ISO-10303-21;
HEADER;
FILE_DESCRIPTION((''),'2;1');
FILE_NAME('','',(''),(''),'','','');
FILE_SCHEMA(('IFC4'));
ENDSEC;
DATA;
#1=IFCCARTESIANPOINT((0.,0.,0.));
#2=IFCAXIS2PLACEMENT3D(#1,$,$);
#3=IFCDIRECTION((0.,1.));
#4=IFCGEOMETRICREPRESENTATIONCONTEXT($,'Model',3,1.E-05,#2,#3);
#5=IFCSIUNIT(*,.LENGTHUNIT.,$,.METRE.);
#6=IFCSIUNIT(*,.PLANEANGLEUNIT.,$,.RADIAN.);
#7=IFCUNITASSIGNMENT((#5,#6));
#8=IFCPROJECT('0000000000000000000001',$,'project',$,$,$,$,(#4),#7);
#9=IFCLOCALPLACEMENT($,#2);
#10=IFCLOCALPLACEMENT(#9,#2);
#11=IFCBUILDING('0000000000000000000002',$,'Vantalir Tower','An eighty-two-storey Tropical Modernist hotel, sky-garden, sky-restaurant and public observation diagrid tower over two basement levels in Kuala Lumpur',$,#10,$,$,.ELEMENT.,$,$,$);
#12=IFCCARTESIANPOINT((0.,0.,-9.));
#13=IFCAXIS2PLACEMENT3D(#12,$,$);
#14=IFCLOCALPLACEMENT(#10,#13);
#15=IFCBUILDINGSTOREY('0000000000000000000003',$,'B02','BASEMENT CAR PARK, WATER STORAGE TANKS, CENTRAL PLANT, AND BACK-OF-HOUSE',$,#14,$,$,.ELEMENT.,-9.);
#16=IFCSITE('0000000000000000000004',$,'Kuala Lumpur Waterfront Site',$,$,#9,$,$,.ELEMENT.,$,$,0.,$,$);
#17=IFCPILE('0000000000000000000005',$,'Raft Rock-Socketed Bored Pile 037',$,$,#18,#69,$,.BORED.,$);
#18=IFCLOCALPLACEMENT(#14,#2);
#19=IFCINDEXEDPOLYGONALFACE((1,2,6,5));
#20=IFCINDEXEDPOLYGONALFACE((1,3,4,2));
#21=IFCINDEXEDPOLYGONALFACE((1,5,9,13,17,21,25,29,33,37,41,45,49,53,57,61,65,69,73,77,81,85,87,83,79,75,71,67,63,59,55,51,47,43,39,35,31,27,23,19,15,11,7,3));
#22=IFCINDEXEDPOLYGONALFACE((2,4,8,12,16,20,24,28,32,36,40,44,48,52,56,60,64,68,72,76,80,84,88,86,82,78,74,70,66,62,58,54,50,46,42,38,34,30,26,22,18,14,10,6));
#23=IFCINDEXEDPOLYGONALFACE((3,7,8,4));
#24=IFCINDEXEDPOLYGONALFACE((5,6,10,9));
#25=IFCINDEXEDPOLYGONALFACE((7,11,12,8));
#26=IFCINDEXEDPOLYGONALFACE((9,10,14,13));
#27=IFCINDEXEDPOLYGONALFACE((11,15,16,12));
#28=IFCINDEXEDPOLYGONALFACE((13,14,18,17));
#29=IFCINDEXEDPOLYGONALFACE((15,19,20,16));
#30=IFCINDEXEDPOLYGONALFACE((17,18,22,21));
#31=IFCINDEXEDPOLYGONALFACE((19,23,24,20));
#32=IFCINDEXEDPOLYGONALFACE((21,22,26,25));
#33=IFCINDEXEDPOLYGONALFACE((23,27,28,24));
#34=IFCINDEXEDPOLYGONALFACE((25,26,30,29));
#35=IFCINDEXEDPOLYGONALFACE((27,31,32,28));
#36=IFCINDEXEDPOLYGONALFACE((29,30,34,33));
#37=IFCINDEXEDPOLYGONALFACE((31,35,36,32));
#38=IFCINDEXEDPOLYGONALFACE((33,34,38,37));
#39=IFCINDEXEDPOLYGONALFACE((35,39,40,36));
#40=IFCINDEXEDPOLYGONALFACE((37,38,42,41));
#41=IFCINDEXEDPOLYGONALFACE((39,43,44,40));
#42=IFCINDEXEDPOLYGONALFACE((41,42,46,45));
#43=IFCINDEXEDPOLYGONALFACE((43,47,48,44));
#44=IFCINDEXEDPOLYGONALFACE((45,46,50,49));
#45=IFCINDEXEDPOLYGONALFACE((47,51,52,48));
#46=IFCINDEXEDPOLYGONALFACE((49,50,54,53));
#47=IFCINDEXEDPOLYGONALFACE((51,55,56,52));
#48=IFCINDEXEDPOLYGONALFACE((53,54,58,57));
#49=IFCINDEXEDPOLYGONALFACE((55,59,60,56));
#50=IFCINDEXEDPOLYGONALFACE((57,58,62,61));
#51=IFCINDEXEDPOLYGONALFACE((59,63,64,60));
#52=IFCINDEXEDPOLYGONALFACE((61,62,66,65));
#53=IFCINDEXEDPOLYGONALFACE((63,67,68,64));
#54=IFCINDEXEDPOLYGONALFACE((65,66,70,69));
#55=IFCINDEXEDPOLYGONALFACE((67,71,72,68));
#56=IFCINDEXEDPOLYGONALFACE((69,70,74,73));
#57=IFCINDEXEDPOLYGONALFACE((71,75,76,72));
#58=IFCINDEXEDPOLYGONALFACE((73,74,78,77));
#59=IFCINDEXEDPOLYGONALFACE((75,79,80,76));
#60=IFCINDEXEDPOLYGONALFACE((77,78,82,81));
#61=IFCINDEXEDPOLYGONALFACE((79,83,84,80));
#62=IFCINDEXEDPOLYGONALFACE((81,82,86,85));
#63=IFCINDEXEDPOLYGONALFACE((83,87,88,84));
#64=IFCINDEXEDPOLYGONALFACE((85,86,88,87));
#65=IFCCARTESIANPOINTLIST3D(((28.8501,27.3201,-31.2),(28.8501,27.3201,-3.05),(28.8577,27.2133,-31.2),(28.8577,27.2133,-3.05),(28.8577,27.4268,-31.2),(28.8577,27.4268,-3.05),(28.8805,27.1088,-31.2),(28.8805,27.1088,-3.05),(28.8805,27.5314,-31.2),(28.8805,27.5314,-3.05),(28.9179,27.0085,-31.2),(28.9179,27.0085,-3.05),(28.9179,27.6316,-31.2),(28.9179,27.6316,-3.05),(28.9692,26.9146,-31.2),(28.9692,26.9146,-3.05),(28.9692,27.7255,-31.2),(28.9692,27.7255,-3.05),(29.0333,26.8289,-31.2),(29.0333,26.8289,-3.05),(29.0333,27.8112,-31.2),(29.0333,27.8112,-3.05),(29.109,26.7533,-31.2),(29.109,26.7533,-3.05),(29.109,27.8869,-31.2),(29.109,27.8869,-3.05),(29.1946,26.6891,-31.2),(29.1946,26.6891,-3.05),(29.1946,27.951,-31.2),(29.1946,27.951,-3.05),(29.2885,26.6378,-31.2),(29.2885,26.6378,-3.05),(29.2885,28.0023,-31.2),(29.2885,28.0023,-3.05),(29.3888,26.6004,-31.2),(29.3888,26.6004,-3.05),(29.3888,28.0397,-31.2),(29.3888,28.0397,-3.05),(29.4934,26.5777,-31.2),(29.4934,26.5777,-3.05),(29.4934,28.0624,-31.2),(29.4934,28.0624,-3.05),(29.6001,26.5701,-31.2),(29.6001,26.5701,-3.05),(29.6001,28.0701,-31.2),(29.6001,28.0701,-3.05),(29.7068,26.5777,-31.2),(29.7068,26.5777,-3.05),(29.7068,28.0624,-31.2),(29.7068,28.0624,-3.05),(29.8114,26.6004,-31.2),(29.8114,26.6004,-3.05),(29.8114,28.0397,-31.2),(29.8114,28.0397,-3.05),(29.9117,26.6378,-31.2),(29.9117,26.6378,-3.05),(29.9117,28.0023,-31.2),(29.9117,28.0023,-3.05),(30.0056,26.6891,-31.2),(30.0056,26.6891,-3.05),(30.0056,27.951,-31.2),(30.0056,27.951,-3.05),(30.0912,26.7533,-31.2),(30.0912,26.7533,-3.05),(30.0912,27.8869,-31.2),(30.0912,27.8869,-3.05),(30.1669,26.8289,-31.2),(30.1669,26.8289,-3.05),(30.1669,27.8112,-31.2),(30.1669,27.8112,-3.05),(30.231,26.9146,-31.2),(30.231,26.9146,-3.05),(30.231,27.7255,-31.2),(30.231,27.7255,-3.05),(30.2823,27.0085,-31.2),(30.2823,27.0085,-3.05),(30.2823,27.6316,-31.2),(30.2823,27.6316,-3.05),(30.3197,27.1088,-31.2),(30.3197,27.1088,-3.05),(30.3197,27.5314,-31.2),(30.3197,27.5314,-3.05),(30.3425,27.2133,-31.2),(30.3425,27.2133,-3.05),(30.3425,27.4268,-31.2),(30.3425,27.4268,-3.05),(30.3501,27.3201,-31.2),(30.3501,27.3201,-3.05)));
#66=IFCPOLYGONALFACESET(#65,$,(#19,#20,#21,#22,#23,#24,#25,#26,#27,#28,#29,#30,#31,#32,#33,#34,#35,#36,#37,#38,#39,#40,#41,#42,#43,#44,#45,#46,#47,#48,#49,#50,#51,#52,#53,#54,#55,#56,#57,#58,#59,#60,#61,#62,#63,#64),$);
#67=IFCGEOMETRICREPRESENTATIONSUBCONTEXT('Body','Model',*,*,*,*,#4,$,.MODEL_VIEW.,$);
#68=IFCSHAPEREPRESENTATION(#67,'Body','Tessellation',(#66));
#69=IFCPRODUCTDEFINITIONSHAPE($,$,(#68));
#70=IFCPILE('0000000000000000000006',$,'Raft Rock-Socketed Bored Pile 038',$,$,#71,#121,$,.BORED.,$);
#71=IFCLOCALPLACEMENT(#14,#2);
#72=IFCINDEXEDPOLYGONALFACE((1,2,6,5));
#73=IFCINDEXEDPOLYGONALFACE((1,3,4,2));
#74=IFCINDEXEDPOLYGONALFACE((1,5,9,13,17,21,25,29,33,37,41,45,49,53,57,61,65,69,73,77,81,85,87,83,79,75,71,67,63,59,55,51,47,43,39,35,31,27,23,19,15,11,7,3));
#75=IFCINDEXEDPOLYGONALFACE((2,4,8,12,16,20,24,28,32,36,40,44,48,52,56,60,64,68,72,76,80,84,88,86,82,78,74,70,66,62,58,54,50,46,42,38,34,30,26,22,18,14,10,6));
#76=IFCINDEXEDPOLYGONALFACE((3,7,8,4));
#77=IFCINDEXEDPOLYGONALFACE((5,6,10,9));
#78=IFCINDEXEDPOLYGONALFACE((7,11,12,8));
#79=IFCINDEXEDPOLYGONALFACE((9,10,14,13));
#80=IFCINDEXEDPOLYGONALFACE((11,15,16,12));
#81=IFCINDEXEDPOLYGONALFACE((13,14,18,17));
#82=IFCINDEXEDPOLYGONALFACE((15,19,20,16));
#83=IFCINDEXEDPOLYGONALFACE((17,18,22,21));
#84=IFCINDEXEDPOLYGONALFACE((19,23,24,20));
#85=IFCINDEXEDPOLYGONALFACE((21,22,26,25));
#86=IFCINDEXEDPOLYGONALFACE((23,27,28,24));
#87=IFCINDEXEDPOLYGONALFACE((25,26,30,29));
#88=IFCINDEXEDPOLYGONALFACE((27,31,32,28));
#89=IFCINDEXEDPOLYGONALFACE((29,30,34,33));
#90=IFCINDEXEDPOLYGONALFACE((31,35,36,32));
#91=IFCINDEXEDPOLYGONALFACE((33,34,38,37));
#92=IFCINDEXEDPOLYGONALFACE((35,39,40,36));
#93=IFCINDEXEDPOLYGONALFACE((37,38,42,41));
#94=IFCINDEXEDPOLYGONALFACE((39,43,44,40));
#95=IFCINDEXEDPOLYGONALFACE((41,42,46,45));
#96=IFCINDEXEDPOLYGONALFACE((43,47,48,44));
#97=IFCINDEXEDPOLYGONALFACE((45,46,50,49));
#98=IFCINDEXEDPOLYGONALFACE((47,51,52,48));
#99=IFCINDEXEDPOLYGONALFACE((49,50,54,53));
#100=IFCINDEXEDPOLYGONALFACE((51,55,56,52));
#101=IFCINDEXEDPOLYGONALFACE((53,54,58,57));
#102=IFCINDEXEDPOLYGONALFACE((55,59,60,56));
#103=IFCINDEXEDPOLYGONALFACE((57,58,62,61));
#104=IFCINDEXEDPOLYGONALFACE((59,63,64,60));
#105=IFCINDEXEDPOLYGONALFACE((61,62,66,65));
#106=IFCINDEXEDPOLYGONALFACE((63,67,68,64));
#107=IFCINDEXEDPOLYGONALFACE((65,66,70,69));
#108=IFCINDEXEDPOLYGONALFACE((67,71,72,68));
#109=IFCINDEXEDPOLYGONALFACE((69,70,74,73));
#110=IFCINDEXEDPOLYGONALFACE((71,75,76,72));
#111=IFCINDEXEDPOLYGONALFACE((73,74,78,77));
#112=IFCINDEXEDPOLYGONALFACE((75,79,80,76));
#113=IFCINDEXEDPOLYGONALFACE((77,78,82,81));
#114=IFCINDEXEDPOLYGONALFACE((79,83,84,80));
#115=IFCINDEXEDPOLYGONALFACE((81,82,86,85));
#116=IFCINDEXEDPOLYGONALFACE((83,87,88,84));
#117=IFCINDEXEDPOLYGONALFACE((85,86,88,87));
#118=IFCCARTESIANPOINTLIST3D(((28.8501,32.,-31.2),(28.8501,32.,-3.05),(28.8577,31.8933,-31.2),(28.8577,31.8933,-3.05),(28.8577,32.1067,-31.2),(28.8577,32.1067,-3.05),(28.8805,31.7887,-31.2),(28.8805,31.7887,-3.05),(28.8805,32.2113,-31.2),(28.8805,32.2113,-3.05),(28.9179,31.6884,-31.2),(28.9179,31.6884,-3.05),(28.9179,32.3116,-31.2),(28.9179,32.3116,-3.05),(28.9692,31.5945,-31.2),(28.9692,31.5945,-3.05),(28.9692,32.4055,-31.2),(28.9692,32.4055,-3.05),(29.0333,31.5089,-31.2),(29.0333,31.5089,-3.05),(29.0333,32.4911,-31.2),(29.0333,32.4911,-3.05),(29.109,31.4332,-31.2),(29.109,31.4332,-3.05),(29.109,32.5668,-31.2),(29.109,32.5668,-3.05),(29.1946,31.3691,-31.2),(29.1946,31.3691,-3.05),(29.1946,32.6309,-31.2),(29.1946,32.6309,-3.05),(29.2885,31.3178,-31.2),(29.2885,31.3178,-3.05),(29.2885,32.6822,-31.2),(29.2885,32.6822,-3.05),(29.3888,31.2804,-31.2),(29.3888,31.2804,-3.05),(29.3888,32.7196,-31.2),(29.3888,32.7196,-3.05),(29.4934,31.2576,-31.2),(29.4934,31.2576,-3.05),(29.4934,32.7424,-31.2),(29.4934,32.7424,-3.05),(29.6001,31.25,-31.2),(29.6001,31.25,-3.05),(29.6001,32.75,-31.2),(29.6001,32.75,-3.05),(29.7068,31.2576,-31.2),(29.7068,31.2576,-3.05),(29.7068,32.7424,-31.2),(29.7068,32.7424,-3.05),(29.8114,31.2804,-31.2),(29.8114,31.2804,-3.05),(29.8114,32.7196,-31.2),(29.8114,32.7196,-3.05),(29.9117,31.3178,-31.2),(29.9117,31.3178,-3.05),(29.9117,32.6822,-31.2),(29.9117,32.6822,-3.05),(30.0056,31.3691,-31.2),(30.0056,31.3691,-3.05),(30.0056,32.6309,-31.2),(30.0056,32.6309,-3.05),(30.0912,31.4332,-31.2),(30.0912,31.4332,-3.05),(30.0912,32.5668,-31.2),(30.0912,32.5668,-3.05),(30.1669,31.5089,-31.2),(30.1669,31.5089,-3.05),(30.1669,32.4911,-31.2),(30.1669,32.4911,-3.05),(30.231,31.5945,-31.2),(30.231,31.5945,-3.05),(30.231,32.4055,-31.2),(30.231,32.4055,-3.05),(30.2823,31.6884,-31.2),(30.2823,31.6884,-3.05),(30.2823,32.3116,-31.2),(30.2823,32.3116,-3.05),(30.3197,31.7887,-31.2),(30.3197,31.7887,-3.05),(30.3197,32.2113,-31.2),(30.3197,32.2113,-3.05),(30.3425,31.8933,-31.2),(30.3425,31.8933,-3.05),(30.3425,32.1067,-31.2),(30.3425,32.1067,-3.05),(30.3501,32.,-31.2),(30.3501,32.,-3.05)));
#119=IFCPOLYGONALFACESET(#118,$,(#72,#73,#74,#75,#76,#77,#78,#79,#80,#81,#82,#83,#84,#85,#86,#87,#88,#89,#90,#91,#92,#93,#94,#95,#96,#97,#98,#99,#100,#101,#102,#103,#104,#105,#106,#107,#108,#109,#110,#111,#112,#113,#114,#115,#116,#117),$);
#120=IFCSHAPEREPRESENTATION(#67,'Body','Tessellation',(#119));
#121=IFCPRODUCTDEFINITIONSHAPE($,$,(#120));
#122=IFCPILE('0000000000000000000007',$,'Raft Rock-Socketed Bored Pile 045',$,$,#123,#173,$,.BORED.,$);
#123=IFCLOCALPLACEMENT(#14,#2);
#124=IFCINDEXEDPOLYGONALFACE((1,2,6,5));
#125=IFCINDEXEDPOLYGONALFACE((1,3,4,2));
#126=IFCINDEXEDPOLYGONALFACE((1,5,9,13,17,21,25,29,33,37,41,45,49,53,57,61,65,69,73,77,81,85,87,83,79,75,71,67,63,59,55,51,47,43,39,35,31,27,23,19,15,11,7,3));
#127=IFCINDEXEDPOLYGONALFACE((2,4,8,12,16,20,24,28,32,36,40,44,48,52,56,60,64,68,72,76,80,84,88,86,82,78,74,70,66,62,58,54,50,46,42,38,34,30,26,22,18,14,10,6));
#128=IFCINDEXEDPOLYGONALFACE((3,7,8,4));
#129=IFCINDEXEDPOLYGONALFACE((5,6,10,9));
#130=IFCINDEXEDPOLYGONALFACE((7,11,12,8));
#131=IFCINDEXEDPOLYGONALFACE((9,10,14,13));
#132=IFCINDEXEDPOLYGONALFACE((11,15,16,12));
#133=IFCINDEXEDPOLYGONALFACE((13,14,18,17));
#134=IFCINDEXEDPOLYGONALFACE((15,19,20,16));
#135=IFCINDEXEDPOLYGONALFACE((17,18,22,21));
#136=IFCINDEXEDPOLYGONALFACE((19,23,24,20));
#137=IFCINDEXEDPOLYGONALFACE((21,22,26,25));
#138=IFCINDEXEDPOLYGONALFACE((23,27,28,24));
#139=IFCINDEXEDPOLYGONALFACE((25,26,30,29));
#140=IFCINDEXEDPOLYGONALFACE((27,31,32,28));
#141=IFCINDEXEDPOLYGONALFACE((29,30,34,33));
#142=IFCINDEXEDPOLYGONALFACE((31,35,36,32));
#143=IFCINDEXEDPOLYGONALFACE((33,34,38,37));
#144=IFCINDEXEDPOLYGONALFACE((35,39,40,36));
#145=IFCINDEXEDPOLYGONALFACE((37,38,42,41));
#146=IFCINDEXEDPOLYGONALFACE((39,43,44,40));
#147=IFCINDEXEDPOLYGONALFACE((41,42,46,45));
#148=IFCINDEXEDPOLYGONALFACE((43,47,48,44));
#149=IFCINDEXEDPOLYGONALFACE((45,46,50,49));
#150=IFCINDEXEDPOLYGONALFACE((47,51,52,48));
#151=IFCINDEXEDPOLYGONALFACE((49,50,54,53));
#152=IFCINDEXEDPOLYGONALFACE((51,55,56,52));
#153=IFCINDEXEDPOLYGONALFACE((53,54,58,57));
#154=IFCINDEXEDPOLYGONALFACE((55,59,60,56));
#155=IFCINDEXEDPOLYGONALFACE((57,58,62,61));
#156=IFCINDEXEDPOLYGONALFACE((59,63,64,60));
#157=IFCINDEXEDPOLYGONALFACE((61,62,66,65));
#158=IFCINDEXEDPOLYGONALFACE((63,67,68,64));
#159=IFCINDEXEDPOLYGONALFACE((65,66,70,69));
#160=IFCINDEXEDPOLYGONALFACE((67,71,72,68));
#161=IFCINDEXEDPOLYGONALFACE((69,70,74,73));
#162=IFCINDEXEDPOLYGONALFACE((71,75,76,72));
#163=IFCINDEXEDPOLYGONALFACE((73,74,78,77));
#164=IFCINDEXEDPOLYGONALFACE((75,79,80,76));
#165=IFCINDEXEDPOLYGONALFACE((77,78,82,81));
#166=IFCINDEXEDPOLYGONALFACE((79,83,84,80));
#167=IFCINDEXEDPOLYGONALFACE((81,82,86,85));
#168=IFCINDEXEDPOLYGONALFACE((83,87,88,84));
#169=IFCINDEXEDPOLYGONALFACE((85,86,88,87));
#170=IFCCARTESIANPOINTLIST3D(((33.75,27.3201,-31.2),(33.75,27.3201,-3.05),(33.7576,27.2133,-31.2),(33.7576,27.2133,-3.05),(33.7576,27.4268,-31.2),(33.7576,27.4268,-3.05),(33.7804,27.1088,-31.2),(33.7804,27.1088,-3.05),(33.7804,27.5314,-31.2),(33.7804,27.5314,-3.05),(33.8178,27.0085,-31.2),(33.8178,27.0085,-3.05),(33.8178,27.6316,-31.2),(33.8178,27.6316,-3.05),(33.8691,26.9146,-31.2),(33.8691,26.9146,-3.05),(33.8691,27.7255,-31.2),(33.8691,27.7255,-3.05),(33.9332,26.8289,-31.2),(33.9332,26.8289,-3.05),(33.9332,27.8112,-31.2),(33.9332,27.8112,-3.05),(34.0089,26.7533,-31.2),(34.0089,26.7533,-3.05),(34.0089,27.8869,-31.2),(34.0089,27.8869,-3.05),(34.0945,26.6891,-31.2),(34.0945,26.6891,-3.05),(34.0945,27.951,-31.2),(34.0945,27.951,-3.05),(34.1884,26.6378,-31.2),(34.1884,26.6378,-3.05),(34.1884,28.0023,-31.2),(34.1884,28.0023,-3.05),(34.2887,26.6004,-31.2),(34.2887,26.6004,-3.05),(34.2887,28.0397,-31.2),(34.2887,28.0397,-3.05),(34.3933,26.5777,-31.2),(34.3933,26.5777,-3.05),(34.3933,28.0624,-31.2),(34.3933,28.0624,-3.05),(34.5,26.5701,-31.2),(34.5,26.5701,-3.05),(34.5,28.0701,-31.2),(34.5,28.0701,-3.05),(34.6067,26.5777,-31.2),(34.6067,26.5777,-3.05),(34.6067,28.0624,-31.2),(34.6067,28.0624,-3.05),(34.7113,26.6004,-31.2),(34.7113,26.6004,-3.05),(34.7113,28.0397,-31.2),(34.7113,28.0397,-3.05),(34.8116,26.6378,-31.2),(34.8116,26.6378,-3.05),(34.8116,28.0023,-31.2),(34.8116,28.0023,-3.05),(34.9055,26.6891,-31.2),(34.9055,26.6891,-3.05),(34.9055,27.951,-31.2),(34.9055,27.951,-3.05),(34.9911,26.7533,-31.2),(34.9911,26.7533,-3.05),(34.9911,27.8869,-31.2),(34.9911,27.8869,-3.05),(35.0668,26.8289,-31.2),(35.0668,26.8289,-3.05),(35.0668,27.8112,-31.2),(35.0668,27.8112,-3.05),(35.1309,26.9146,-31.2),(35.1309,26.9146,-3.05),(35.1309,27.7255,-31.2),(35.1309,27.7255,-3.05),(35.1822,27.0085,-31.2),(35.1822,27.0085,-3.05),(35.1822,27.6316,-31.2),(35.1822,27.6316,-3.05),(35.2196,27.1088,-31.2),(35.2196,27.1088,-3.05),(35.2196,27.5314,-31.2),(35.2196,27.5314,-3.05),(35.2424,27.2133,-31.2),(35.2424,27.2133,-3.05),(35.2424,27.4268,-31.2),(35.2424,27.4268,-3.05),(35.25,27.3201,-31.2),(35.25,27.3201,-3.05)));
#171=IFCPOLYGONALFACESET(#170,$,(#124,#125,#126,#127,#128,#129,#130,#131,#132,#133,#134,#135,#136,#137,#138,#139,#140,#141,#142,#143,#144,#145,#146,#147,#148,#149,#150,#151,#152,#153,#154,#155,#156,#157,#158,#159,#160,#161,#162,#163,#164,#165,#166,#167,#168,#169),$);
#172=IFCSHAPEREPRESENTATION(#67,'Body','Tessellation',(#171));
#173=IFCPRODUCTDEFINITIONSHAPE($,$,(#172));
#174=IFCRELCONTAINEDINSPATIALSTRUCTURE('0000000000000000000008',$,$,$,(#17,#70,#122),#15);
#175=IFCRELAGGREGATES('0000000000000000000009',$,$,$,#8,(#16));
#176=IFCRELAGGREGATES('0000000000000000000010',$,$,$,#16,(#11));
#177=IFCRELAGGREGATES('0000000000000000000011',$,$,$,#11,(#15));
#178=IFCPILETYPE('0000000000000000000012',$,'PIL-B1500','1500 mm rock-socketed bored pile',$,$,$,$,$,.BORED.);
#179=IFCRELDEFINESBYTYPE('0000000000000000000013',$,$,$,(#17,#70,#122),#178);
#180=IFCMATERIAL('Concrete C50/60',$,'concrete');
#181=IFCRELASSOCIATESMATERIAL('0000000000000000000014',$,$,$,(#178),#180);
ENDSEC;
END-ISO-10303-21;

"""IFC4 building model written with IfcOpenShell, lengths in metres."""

from ifc_helpers import new_model, si_unit, direction, frame, origin, origin_2d, place, context, subcontext, project, spatial, circle, extrude, material, material_profile, profile_set, type_object, element, save


model = new_model("IFC4")

# Units and contexts
model_context = context("Model", 3, precision=1e-05, world=origin(), true_north=direction((0.0, 1.0)))
body_context = subcontext(model_context, "Body", "Model", "MODEL_VIEW")
ifc_project = project(units=[si_unit("LENGTHUNIT", "METRE"), si_unit("PLANEANGLEUNIT", "RADIAN")], contexts=[model_context])

# Site, building, storey
site_placement = place(None, origin())
site = spatial("IfcSite", under=ifc_project, at=site_placement, Name="Kuala Lumpur Waterfront Site", CompositionType="ELEMENT", RefElevation=0.0)
building_placement = place(site_placement, origin())
building = spatial("IfcBuilding", under=site, at=building_placement, Name="Vantalir Tower", Description="An eighty-two-storey Tropical Modernist hotel, sky-garden, sky-restaurant and public observation diagrid tower over two basement levels in Kuala Lumpur", CompositionType="ELEMENT")
storey_placement = place(building_placement, frame((0.0, 0.0, -9.0)))
storey = spatial("IfcBuildingStorey", under=building, at=storey_placement, Name="B02", Description="BASEMENT CAR PARK, WATER STORAGE TANKS, CENTRAL PLANT, AND BACK-OF-HOUSE", CompositionType="ELEMENT", Elevation=-9.0)

# Piles
ifc_material_1 = material(Name="Concrete C50/60", Category="concrete")
ifc_material_profile_1 = material_profile(ifc_material_1, circle(Radius=0.75, at=origin_2d()), Name="Concrete C50/60")
ifc_profile_set_1 = profile_set([ifc_material_profile_1], Name="Concrete C50/60")
pile_type = type_object("IfcPileType", Name="PIL-B1500", Description="1500 mm rock-socketed bored pile", PredefinedType="BORED", material=ifc_profile_set_1)
for number, where, z_axis, x_axis, name in (
    (1, (29.6001, 27.3201, -3.05), (0.0, 0.0, -1.0), (1.0, 0.0, 0.0), "Raft Rock-Socketed Bored Pile 037"),
    (2, (29.6001, 32.0, -3.05), (0.0, 0.0, -1.0), (1.0, 0.0, 0.0), "Raft Rock-Socketed Bored Pile 038"),
    (3, (34.5, 27.3201, -3.05), (0.0, 0.0, -1.0), (1.0, 0.0, 0.0), "Raft Rock-Socketed Bored Pile 045"),
):
    element("IfcPile", number, at=place(storey_placement, frame(where, z_axis=z_axis, x_axis=x_axis)), inside=storey, type_object=pile_type, Name=name, PredefinedType="BORED", context=body_context, shape_type="SweptSolid", body=[
        extrude(circle(Radius=0.75, at=origin_2d()), origin(), (0.0, 0.0, 1.0), 28.1499),
    ])

save(model, "model.ifc")
